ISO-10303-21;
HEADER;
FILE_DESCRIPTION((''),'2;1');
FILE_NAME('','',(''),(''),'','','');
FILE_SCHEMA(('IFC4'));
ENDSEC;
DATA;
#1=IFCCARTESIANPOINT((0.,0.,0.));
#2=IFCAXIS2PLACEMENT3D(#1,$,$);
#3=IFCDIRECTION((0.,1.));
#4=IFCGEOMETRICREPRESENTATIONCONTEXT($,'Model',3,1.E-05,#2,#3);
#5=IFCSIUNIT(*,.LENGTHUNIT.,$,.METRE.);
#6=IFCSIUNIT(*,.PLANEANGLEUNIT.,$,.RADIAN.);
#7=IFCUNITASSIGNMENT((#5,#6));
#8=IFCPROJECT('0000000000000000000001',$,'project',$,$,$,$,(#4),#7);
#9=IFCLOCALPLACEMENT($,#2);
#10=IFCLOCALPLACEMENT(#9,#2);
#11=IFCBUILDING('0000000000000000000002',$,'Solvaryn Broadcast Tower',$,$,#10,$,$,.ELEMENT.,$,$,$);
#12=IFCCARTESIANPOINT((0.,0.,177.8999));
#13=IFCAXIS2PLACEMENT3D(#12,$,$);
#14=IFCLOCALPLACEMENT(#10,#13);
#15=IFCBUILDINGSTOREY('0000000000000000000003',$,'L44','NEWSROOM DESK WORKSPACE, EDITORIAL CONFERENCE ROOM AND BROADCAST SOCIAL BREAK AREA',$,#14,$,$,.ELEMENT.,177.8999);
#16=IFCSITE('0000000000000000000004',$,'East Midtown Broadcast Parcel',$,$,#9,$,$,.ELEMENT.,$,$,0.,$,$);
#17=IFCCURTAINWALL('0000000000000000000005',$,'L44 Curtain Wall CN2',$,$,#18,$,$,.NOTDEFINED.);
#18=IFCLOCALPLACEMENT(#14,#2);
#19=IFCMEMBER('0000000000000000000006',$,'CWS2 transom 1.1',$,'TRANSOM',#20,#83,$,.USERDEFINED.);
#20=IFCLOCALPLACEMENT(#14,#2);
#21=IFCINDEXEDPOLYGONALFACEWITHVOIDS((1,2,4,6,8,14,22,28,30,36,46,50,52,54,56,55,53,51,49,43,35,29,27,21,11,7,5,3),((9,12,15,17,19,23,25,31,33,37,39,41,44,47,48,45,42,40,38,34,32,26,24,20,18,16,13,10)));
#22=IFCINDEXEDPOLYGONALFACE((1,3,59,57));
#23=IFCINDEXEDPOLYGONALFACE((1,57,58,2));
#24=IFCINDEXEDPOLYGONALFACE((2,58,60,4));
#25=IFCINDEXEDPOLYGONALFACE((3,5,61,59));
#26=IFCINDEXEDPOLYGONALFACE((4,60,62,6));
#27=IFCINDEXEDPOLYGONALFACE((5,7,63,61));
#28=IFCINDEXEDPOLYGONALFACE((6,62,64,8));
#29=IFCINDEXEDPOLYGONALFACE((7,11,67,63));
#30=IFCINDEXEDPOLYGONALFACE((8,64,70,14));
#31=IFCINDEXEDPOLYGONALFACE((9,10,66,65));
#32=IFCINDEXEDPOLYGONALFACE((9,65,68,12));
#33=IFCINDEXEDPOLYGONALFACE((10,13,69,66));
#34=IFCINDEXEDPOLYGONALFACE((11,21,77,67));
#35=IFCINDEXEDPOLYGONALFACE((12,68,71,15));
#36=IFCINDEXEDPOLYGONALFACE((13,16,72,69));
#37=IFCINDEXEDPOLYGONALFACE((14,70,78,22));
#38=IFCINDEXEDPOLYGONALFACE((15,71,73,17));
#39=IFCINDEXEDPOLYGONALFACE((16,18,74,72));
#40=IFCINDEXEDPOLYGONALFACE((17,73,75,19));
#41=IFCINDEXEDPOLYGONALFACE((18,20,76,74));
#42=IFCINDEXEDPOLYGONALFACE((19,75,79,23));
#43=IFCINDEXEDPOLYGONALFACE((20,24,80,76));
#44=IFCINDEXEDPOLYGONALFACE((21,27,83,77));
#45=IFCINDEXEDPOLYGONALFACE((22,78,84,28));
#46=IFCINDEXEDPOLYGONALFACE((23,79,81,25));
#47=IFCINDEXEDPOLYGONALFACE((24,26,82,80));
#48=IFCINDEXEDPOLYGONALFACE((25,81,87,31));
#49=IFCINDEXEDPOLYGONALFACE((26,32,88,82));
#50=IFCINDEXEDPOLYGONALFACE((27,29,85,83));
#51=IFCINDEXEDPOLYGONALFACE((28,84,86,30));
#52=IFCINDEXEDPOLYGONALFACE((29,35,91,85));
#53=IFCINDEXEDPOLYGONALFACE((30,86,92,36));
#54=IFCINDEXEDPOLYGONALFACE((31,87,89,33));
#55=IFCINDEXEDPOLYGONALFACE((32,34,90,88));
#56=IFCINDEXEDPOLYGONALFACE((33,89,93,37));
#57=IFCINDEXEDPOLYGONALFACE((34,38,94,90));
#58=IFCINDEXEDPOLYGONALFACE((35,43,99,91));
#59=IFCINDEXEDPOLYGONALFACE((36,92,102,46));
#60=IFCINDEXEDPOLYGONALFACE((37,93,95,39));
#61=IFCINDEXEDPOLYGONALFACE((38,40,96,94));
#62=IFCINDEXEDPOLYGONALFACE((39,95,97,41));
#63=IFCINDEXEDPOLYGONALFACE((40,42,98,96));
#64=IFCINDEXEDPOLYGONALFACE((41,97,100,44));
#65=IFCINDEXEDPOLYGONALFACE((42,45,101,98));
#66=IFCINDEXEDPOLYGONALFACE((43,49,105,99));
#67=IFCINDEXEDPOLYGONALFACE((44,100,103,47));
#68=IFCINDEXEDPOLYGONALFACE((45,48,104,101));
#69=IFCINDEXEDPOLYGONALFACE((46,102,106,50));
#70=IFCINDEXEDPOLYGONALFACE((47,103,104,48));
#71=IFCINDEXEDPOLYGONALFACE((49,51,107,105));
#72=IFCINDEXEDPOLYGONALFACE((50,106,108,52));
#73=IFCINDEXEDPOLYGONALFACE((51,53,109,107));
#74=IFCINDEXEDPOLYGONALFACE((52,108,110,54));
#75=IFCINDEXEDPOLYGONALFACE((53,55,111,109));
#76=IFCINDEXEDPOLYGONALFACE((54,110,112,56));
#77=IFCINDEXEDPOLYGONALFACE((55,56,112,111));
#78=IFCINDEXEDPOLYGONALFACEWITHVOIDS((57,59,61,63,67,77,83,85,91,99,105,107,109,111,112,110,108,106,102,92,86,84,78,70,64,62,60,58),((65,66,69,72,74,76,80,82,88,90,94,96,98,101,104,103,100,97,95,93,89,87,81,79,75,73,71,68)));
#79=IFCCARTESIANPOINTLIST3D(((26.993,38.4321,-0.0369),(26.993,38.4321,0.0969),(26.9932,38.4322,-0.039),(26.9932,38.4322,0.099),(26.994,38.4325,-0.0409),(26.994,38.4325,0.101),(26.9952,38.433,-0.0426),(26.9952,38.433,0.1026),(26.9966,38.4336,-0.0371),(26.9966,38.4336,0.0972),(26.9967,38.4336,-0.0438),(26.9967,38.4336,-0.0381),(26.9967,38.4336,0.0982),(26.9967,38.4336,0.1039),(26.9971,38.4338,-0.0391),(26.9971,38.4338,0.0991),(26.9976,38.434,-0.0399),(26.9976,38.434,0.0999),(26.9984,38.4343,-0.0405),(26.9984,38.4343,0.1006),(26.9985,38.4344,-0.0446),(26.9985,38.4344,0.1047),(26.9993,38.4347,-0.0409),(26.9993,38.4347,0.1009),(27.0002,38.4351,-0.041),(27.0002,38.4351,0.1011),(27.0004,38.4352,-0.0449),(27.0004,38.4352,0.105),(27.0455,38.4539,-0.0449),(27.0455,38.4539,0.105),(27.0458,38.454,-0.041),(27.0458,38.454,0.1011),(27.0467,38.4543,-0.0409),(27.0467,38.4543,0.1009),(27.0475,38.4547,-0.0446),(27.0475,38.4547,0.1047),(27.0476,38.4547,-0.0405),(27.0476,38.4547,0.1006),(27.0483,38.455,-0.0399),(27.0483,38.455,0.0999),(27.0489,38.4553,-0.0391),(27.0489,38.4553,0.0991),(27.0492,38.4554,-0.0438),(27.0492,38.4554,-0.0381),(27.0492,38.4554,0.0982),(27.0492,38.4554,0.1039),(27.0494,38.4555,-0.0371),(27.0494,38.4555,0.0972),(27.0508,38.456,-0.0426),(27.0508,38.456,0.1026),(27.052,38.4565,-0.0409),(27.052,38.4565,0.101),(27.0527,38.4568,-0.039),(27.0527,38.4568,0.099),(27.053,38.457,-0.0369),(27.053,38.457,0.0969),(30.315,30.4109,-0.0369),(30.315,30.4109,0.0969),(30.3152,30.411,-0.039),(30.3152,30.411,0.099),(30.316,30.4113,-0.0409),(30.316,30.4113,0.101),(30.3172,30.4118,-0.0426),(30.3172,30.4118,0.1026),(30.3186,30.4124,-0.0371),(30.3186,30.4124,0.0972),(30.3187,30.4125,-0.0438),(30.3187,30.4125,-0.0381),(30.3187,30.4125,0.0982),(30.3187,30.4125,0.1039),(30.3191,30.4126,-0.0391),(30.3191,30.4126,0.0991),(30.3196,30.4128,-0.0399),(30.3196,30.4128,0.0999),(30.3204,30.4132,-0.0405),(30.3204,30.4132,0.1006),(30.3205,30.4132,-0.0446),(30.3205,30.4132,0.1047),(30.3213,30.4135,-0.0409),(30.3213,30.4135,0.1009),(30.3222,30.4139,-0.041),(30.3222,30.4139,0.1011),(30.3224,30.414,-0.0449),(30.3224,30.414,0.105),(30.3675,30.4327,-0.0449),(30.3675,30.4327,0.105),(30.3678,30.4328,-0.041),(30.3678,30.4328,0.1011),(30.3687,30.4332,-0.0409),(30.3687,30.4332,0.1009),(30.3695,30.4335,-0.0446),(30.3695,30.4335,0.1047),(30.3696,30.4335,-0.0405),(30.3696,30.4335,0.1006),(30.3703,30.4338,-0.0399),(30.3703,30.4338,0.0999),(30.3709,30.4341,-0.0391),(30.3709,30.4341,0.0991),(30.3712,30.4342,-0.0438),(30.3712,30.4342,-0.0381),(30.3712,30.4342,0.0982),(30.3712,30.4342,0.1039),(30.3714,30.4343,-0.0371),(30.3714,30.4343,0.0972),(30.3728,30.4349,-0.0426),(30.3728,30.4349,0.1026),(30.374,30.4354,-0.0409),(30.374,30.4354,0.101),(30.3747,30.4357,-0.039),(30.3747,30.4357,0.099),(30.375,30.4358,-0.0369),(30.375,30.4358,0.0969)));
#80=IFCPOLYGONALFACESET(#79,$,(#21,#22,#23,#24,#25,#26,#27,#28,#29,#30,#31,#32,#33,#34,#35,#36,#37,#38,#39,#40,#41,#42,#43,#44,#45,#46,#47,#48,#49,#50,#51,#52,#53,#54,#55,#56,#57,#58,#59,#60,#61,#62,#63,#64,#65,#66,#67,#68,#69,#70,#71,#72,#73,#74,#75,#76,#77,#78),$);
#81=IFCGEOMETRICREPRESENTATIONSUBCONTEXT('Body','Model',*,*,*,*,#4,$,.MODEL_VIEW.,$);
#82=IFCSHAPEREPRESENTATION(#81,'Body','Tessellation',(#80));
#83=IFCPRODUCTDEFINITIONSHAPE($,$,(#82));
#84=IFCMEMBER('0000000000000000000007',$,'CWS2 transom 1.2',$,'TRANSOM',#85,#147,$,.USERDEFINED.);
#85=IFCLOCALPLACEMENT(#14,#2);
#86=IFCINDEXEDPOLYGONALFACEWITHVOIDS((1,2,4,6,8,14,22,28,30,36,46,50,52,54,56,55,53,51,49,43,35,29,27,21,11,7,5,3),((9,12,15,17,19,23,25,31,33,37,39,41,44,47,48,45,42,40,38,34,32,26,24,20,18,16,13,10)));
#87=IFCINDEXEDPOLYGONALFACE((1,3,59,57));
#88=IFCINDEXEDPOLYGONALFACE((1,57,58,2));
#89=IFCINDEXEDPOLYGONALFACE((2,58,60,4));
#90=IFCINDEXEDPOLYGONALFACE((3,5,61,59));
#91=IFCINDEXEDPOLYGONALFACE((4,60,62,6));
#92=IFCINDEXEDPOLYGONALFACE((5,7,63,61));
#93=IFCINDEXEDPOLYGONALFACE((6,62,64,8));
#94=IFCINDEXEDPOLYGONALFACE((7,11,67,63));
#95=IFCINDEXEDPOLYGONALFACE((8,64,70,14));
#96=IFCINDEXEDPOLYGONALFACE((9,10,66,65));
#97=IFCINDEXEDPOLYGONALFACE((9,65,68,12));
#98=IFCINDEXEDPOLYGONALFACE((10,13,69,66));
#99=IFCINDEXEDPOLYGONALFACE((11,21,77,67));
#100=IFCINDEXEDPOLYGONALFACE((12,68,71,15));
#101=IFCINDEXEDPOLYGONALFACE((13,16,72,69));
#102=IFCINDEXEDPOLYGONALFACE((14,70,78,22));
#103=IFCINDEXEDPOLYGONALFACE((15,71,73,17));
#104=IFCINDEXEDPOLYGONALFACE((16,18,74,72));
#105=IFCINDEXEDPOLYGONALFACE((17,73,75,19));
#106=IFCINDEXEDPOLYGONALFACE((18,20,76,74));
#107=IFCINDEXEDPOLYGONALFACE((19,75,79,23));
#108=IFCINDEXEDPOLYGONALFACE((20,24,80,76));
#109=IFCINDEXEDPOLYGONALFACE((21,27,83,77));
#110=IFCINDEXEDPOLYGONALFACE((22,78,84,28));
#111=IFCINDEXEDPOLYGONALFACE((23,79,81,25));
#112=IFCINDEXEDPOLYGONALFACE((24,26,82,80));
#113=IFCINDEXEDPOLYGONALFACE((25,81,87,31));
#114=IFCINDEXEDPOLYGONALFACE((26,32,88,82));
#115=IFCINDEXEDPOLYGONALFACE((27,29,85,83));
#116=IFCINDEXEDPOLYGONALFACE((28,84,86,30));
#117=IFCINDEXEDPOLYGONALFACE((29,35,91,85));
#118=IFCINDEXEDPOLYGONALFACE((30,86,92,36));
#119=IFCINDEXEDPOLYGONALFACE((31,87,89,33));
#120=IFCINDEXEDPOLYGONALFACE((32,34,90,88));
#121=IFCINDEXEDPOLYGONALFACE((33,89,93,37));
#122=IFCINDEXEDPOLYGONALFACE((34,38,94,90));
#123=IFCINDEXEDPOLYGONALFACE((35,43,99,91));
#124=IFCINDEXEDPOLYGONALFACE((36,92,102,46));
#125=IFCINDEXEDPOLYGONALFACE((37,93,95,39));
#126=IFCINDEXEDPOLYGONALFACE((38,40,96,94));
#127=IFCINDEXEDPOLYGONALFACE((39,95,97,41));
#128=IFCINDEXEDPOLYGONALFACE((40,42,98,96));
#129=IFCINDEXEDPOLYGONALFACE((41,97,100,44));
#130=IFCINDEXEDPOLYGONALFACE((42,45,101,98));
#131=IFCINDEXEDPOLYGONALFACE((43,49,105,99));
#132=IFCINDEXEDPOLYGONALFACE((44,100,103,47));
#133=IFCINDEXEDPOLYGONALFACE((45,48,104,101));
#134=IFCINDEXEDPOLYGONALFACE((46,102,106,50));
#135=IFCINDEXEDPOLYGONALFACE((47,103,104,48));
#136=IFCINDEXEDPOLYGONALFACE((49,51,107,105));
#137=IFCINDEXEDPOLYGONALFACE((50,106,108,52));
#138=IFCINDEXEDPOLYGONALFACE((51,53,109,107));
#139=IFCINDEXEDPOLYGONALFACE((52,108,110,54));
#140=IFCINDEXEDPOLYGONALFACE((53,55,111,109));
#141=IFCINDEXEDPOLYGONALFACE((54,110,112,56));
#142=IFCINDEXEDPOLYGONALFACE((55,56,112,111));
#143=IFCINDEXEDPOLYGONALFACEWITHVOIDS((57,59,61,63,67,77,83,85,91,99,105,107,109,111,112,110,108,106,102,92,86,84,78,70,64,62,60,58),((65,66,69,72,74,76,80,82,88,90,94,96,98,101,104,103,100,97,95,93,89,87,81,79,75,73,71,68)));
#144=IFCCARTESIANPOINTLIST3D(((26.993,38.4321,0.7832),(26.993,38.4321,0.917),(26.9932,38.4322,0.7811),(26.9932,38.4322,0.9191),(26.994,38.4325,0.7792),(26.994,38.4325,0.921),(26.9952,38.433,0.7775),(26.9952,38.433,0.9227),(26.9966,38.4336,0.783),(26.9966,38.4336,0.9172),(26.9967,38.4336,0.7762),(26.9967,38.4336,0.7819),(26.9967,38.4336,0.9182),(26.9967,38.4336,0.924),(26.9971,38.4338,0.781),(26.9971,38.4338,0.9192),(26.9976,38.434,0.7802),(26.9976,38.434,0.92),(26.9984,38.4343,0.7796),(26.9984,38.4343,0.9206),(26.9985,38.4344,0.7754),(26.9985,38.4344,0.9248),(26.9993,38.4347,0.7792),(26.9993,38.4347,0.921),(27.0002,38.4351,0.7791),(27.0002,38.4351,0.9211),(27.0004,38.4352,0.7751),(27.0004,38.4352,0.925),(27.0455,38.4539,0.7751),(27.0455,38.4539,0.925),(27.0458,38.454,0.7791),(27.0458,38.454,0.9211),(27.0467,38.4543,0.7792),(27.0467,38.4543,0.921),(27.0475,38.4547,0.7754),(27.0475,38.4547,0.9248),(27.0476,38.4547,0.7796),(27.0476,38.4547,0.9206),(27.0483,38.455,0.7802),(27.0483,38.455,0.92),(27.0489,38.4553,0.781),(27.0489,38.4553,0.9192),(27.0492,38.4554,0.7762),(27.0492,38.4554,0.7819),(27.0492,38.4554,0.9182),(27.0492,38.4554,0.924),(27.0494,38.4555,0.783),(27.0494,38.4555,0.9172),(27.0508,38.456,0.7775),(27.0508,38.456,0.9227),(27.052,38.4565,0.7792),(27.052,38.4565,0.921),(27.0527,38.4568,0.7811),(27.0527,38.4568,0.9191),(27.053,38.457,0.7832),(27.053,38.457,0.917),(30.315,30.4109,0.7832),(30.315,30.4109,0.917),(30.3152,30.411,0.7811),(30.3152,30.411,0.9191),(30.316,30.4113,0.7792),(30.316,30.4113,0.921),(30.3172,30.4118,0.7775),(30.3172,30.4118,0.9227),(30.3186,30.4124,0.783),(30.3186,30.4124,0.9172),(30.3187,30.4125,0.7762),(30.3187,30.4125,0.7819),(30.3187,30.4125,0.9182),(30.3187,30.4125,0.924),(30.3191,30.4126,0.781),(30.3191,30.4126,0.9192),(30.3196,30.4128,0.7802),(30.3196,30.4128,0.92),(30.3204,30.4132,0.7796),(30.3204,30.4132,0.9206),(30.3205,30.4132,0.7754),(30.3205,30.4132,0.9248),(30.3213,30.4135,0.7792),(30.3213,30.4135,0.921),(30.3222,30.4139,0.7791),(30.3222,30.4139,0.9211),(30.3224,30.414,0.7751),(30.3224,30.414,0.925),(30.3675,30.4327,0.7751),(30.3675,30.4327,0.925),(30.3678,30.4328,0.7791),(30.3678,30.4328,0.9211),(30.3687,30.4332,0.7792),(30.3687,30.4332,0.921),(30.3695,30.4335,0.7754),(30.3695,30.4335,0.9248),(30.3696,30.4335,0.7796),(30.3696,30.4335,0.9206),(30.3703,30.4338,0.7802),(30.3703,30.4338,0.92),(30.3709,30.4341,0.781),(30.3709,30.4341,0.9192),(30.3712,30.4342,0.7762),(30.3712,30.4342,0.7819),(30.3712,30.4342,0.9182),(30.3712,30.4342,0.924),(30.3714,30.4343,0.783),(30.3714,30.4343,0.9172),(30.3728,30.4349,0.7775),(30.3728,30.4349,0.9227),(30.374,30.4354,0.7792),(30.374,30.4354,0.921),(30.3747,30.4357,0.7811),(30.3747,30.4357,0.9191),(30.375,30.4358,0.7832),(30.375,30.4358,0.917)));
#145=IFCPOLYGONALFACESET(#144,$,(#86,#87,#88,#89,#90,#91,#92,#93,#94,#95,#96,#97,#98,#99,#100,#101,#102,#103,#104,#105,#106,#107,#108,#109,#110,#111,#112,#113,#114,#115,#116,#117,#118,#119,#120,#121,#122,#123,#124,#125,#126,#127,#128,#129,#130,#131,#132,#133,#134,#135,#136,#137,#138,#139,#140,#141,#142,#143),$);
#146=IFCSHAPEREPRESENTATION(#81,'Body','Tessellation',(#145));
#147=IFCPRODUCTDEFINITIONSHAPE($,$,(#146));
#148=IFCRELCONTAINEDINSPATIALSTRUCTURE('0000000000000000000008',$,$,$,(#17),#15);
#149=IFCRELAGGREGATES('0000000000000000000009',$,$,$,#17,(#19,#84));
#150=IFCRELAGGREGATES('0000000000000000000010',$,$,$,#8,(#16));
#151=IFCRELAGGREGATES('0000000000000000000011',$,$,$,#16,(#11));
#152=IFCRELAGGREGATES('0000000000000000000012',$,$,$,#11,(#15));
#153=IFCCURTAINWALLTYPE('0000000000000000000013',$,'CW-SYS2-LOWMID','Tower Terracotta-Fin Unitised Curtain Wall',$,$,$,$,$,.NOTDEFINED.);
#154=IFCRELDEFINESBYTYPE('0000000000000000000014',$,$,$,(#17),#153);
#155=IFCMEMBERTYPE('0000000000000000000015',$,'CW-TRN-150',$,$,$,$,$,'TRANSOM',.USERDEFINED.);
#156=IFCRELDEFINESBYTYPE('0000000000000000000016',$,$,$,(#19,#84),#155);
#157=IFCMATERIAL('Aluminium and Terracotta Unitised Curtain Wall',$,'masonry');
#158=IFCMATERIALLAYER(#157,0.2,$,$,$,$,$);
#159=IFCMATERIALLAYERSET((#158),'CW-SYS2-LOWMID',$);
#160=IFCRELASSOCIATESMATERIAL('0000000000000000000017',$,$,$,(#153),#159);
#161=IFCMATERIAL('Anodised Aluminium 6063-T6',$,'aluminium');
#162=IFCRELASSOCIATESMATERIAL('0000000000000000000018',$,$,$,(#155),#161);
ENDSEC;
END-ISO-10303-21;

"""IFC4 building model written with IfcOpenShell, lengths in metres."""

from ifc_helpers import new_model, si_unit, direction, frame, origin, origin_2d, place, context, subcontext, project, spatial, hollow_rectangle, extrude, material, layer, layer_set, material_profile, profile_set, type_object, element, aggregate, save


model = new_model("IFC4")

# Units and contexts
model_context = context("Model", 3, precision=1e-05, world=origin(), true_north=direction((0.0, 1.0)))
body_context = subcontext(model_context, "Body", "Model", "MODEL_VIEW")
ifc_project = project(units=[si_unit("LENGTHUNIT", "METRE"), si_unit("PLANEANGLEUNIT", "RADIAN")], contexts=[model_context])

# Site, building, storey
site_placement = place(None, origin())
site = spatial("IfcSite", under=ifc_project, at=site_placement, Name="East Midtown Broadcast Parcel", CompositionType="ELEMENT", RefElevation=0.0)
building_placement = place(site_placement, origin())
building = spatial("IfcBuilding", under=site, at=building_placement, Name="Solvaryn Broadcast Tower", CompositionType="ELEMENT")
storey_placement = place(building_placement, frame((0.0, 0.0, 177.8999)))
storey = spatial("IfcBuildingStorey", under=building, at=storey_placement, Name="L44", Description="NEWSROOM DESK WORKSPACE, EDITORIAL CONFERENCE ROOM AND BROADCAST SOCIAL BREAK AREA", CompositionType="ELEMENT", Elevation=177.8999)

# Shared definitions
ifc_material_1 = material(Name="Aluminium and Terracotta Unitised Curtain Wall", Category="masonry")
ifc_layer_1 = layer(ifc_material_1, 0.2)
ifc_layer_set_1 = layer_set([ifc_layer_1], Name="CW-SYS2-LOWMID")
curtain_wall_type = type_object("IfcCurtainWallType", Name="CW-SYS2-LOWMID", Description="Tower Terracotta-Fin Unitised Curtain Wall", PredefinedType="NOTDEFINED", material=ifc_layer_set_1)

# Curtain wall, members
curtain_wall_1_placement = place(storey_placement, origin())
curtain_wall_1 = element("IfcCurtainWall", 1, at=curtain_wall_1_placement, inside=storey, type_object=curtain_wall_type, Name="L44 Curtain Wall CN2", PredefinedType="NOTDEFINED")
ifc_material_2 = material(Name="Anodised Aluminium 6063-T6", Category="aluminium")
ifc_material_profile_1 = material_profile(ifc_material_2, hollow_rectangle(XDim=0.0649, YDim=0.1499, WallThickness=0.0039, InnerFilletRadius=0.0039, OuterFilletRadius=0.0081, at=origin_2d()))
ifc_profile_set_1 = profile_set([ifc_material_profile_1], Name="Anodised Aluminium 6063-T6")
member_type_1 = type_object("IfcMemberType", Name="CW-TRN-150", ElementType="TRANSOM", PredefinedType="USERDEFINED", material=ifc_profile_set_1)
member_1_placement = place(storey_placement, frame((30.345, 30.4233, 0.03), z_axis=(-0.382636, 0.923899, 0.0), x_axis=(-0.923899, -0.382636, 0.0)))
member_1 = element("IfcMember", 2, at=member_1_placement, type_object=member_type_1, Name="CWS2 transom 1.1", ObjectType="TRANSOM", PredefinedType="USERDEFINED", context=body_context, shape_type="SweptSolid", body=[
    extrude(hollow_rectangle(XDim=0.0649, YDim=0.1499, WallThickness=0.0039, InnerFilletRadius=0.0039, OuterFilletRadius=0.0081, at=origin_2d()), origin(), (0.0, 0.0, 1.0), 8.6819),
])
member_2_placement = place(storey_placement, frame((30.345, 30.4233, 0.8501), z_axis=(-0.382636, 0.923899, 0.0), x_axis=(-0.923899, -0.382636, 0.0)))
member_2 = element("IfcMember", 3, at=member_2_placement, type_object=member_type_1, Name="CWS2 transom 1.2", ObjectType="TRANSOM", PredefinedType="USERDEFINED", context=body_context, shape_type="SweptSolid", body=[
    extrude(hollow_rectangle(XDim=0.0649, YDim=0.1499, WallThickness=0.0039, InnerFilletRadius=0.0039, OuterFilletRadius=0.0081, at=origin_2d()), origin(), (0.0, 0.0, 1.0), 8.6819),
])
aggregate(curtain_wall_1, [member_1, member_2])

save(model, "model.ifc")
